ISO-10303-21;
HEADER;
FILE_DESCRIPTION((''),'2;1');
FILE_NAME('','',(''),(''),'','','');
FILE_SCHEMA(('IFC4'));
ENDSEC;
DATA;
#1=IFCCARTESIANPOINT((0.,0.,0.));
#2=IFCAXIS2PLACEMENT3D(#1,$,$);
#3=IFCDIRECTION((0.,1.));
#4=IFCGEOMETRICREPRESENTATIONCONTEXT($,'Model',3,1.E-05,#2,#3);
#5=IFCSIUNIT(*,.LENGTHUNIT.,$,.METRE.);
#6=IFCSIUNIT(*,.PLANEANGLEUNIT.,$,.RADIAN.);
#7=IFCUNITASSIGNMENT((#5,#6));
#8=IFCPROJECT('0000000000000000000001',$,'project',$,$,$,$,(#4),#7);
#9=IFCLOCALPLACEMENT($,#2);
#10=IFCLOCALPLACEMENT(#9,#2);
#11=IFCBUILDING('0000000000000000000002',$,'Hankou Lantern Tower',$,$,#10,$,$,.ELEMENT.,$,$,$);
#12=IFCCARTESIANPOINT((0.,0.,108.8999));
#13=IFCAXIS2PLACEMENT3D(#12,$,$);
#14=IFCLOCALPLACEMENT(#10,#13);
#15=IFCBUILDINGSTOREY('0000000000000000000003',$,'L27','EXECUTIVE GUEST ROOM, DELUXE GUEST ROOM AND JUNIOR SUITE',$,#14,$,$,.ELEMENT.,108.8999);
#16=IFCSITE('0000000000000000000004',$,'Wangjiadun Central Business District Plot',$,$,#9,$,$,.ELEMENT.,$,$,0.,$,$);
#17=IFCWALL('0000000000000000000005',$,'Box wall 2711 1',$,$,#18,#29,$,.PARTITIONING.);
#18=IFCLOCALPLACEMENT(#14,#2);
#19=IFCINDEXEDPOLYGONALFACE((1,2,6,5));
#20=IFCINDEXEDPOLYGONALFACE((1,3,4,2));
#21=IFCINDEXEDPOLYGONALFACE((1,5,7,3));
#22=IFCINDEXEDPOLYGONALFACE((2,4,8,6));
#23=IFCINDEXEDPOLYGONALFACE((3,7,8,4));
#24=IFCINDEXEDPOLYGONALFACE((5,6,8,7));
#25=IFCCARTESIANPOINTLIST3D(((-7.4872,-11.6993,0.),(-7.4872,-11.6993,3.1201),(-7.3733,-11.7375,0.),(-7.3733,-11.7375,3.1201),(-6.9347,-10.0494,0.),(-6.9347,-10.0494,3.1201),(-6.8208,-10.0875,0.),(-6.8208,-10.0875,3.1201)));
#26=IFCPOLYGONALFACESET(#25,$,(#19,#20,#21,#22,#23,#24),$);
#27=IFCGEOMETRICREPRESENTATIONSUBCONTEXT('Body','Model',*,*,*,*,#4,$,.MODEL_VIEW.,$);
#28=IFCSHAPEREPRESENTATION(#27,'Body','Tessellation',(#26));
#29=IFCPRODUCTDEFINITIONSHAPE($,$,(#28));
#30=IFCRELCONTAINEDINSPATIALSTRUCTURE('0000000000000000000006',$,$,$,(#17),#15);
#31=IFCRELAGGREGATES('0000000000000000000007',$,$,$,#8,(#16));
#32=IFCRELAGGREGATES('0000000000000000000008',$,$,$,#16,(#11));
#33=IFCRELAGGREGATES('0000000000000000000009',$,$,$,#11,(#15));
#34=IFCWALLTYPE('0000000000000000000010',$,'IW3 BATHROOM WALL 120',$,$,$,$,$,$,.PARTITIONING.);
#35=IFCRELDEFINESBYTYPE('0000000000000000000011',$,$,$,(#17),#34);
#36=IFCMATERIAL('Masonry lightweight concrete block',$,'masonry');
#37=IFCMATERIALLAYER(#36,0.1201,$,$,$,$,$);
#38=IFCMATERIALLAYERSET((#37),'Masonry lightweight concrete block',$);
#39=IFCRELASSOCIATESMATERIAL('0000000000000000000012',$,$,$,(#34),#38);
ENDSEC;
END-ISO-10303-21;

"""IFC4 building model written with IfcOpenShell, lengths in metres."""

from ifc_helpers import new_model, si_unit, direction, frame, frame_2d, origin, place, context, subcontext, project, spatial, rectangle, extrude, material, layer, layer_set, type_object, element, save


model = new_model("IFC4")

# Units and contexts
model_context = context("Model", 3, precision=1e-05, world=origin(), true_north=direction((0.0, 1.0)))
body_context = subcontext(model_context, "Body", "Model", "MODEL_VIEW")
ifc_project = project(units=[si_unit("LENGTHUNIT", "METRE"), si_unit("PLANEANGLEUNIT", "RADIAN")], contexts=[model_context])

# Site, building, storey
site_placement = place(None, origin())
site = spatial("IfcSite", under=ifc_project, at=site_placement, Name="Wangjiadun Central Business District Plot", CompositionType="ELEMENT", RefElevation=0.0)
building_placement = place(site_placement, origin())
building = spatial("IfcBuilding", under=site, at=building_placement, Name="Hankou Lantern Tower", CompositionType="ELEMENT")
storey_placement = place(building_placement, frame((0.0, 0.0, 108.8999)))
storey = spatial("IfcBuildingStorey", under=building, at=storey_placement, Name="L27", Description="EXECUTIVE GUEST ROOM, DELUXE GUEST ROOM AND JUNIOR SUITE", CompositionType="ELEMENT", Elevation=108.8999)

# Shared definitions
ifc_material_1 = material(Name="Masonry lightweight concrete block", Category="masonry")
ifc_layer_1 = layer(ifc_material_1, 0.1201)
ifc_layer_set_1 = layer_set([ifc_layer_1], Name="Masonry lightweight concrete block")
wall_type_1 = type_object("IfcWallType", Name="IW3 BATHROOM WALL 120", PredefinedType="PARTITIONING", material=ifc_layer_set_1)

# Wall
wall_1_placement = place(storey_placement, frame((-6.8777, -10.0684, 0.0), z_axis=(0.0, 0.0, 1.0), x_axis=(-0.317532, -0.948247, 0.0)))
element("IfcWall", 1, at=wall_1_placement, inside=storey, type_object=wall_type_1, Name="Box wall 2711 1", PredefinedType="PARTITIONING", context=body_context, shape_type="SweptSolid", body=[
    extrude(rectangle(XDim=1.74, YDim=0.1201, at=frame_2d((0.8701, 0.0))), origin(), (0.0, 0.0, 1.0), 3.1201),
])

save(model, "model.ifc")
